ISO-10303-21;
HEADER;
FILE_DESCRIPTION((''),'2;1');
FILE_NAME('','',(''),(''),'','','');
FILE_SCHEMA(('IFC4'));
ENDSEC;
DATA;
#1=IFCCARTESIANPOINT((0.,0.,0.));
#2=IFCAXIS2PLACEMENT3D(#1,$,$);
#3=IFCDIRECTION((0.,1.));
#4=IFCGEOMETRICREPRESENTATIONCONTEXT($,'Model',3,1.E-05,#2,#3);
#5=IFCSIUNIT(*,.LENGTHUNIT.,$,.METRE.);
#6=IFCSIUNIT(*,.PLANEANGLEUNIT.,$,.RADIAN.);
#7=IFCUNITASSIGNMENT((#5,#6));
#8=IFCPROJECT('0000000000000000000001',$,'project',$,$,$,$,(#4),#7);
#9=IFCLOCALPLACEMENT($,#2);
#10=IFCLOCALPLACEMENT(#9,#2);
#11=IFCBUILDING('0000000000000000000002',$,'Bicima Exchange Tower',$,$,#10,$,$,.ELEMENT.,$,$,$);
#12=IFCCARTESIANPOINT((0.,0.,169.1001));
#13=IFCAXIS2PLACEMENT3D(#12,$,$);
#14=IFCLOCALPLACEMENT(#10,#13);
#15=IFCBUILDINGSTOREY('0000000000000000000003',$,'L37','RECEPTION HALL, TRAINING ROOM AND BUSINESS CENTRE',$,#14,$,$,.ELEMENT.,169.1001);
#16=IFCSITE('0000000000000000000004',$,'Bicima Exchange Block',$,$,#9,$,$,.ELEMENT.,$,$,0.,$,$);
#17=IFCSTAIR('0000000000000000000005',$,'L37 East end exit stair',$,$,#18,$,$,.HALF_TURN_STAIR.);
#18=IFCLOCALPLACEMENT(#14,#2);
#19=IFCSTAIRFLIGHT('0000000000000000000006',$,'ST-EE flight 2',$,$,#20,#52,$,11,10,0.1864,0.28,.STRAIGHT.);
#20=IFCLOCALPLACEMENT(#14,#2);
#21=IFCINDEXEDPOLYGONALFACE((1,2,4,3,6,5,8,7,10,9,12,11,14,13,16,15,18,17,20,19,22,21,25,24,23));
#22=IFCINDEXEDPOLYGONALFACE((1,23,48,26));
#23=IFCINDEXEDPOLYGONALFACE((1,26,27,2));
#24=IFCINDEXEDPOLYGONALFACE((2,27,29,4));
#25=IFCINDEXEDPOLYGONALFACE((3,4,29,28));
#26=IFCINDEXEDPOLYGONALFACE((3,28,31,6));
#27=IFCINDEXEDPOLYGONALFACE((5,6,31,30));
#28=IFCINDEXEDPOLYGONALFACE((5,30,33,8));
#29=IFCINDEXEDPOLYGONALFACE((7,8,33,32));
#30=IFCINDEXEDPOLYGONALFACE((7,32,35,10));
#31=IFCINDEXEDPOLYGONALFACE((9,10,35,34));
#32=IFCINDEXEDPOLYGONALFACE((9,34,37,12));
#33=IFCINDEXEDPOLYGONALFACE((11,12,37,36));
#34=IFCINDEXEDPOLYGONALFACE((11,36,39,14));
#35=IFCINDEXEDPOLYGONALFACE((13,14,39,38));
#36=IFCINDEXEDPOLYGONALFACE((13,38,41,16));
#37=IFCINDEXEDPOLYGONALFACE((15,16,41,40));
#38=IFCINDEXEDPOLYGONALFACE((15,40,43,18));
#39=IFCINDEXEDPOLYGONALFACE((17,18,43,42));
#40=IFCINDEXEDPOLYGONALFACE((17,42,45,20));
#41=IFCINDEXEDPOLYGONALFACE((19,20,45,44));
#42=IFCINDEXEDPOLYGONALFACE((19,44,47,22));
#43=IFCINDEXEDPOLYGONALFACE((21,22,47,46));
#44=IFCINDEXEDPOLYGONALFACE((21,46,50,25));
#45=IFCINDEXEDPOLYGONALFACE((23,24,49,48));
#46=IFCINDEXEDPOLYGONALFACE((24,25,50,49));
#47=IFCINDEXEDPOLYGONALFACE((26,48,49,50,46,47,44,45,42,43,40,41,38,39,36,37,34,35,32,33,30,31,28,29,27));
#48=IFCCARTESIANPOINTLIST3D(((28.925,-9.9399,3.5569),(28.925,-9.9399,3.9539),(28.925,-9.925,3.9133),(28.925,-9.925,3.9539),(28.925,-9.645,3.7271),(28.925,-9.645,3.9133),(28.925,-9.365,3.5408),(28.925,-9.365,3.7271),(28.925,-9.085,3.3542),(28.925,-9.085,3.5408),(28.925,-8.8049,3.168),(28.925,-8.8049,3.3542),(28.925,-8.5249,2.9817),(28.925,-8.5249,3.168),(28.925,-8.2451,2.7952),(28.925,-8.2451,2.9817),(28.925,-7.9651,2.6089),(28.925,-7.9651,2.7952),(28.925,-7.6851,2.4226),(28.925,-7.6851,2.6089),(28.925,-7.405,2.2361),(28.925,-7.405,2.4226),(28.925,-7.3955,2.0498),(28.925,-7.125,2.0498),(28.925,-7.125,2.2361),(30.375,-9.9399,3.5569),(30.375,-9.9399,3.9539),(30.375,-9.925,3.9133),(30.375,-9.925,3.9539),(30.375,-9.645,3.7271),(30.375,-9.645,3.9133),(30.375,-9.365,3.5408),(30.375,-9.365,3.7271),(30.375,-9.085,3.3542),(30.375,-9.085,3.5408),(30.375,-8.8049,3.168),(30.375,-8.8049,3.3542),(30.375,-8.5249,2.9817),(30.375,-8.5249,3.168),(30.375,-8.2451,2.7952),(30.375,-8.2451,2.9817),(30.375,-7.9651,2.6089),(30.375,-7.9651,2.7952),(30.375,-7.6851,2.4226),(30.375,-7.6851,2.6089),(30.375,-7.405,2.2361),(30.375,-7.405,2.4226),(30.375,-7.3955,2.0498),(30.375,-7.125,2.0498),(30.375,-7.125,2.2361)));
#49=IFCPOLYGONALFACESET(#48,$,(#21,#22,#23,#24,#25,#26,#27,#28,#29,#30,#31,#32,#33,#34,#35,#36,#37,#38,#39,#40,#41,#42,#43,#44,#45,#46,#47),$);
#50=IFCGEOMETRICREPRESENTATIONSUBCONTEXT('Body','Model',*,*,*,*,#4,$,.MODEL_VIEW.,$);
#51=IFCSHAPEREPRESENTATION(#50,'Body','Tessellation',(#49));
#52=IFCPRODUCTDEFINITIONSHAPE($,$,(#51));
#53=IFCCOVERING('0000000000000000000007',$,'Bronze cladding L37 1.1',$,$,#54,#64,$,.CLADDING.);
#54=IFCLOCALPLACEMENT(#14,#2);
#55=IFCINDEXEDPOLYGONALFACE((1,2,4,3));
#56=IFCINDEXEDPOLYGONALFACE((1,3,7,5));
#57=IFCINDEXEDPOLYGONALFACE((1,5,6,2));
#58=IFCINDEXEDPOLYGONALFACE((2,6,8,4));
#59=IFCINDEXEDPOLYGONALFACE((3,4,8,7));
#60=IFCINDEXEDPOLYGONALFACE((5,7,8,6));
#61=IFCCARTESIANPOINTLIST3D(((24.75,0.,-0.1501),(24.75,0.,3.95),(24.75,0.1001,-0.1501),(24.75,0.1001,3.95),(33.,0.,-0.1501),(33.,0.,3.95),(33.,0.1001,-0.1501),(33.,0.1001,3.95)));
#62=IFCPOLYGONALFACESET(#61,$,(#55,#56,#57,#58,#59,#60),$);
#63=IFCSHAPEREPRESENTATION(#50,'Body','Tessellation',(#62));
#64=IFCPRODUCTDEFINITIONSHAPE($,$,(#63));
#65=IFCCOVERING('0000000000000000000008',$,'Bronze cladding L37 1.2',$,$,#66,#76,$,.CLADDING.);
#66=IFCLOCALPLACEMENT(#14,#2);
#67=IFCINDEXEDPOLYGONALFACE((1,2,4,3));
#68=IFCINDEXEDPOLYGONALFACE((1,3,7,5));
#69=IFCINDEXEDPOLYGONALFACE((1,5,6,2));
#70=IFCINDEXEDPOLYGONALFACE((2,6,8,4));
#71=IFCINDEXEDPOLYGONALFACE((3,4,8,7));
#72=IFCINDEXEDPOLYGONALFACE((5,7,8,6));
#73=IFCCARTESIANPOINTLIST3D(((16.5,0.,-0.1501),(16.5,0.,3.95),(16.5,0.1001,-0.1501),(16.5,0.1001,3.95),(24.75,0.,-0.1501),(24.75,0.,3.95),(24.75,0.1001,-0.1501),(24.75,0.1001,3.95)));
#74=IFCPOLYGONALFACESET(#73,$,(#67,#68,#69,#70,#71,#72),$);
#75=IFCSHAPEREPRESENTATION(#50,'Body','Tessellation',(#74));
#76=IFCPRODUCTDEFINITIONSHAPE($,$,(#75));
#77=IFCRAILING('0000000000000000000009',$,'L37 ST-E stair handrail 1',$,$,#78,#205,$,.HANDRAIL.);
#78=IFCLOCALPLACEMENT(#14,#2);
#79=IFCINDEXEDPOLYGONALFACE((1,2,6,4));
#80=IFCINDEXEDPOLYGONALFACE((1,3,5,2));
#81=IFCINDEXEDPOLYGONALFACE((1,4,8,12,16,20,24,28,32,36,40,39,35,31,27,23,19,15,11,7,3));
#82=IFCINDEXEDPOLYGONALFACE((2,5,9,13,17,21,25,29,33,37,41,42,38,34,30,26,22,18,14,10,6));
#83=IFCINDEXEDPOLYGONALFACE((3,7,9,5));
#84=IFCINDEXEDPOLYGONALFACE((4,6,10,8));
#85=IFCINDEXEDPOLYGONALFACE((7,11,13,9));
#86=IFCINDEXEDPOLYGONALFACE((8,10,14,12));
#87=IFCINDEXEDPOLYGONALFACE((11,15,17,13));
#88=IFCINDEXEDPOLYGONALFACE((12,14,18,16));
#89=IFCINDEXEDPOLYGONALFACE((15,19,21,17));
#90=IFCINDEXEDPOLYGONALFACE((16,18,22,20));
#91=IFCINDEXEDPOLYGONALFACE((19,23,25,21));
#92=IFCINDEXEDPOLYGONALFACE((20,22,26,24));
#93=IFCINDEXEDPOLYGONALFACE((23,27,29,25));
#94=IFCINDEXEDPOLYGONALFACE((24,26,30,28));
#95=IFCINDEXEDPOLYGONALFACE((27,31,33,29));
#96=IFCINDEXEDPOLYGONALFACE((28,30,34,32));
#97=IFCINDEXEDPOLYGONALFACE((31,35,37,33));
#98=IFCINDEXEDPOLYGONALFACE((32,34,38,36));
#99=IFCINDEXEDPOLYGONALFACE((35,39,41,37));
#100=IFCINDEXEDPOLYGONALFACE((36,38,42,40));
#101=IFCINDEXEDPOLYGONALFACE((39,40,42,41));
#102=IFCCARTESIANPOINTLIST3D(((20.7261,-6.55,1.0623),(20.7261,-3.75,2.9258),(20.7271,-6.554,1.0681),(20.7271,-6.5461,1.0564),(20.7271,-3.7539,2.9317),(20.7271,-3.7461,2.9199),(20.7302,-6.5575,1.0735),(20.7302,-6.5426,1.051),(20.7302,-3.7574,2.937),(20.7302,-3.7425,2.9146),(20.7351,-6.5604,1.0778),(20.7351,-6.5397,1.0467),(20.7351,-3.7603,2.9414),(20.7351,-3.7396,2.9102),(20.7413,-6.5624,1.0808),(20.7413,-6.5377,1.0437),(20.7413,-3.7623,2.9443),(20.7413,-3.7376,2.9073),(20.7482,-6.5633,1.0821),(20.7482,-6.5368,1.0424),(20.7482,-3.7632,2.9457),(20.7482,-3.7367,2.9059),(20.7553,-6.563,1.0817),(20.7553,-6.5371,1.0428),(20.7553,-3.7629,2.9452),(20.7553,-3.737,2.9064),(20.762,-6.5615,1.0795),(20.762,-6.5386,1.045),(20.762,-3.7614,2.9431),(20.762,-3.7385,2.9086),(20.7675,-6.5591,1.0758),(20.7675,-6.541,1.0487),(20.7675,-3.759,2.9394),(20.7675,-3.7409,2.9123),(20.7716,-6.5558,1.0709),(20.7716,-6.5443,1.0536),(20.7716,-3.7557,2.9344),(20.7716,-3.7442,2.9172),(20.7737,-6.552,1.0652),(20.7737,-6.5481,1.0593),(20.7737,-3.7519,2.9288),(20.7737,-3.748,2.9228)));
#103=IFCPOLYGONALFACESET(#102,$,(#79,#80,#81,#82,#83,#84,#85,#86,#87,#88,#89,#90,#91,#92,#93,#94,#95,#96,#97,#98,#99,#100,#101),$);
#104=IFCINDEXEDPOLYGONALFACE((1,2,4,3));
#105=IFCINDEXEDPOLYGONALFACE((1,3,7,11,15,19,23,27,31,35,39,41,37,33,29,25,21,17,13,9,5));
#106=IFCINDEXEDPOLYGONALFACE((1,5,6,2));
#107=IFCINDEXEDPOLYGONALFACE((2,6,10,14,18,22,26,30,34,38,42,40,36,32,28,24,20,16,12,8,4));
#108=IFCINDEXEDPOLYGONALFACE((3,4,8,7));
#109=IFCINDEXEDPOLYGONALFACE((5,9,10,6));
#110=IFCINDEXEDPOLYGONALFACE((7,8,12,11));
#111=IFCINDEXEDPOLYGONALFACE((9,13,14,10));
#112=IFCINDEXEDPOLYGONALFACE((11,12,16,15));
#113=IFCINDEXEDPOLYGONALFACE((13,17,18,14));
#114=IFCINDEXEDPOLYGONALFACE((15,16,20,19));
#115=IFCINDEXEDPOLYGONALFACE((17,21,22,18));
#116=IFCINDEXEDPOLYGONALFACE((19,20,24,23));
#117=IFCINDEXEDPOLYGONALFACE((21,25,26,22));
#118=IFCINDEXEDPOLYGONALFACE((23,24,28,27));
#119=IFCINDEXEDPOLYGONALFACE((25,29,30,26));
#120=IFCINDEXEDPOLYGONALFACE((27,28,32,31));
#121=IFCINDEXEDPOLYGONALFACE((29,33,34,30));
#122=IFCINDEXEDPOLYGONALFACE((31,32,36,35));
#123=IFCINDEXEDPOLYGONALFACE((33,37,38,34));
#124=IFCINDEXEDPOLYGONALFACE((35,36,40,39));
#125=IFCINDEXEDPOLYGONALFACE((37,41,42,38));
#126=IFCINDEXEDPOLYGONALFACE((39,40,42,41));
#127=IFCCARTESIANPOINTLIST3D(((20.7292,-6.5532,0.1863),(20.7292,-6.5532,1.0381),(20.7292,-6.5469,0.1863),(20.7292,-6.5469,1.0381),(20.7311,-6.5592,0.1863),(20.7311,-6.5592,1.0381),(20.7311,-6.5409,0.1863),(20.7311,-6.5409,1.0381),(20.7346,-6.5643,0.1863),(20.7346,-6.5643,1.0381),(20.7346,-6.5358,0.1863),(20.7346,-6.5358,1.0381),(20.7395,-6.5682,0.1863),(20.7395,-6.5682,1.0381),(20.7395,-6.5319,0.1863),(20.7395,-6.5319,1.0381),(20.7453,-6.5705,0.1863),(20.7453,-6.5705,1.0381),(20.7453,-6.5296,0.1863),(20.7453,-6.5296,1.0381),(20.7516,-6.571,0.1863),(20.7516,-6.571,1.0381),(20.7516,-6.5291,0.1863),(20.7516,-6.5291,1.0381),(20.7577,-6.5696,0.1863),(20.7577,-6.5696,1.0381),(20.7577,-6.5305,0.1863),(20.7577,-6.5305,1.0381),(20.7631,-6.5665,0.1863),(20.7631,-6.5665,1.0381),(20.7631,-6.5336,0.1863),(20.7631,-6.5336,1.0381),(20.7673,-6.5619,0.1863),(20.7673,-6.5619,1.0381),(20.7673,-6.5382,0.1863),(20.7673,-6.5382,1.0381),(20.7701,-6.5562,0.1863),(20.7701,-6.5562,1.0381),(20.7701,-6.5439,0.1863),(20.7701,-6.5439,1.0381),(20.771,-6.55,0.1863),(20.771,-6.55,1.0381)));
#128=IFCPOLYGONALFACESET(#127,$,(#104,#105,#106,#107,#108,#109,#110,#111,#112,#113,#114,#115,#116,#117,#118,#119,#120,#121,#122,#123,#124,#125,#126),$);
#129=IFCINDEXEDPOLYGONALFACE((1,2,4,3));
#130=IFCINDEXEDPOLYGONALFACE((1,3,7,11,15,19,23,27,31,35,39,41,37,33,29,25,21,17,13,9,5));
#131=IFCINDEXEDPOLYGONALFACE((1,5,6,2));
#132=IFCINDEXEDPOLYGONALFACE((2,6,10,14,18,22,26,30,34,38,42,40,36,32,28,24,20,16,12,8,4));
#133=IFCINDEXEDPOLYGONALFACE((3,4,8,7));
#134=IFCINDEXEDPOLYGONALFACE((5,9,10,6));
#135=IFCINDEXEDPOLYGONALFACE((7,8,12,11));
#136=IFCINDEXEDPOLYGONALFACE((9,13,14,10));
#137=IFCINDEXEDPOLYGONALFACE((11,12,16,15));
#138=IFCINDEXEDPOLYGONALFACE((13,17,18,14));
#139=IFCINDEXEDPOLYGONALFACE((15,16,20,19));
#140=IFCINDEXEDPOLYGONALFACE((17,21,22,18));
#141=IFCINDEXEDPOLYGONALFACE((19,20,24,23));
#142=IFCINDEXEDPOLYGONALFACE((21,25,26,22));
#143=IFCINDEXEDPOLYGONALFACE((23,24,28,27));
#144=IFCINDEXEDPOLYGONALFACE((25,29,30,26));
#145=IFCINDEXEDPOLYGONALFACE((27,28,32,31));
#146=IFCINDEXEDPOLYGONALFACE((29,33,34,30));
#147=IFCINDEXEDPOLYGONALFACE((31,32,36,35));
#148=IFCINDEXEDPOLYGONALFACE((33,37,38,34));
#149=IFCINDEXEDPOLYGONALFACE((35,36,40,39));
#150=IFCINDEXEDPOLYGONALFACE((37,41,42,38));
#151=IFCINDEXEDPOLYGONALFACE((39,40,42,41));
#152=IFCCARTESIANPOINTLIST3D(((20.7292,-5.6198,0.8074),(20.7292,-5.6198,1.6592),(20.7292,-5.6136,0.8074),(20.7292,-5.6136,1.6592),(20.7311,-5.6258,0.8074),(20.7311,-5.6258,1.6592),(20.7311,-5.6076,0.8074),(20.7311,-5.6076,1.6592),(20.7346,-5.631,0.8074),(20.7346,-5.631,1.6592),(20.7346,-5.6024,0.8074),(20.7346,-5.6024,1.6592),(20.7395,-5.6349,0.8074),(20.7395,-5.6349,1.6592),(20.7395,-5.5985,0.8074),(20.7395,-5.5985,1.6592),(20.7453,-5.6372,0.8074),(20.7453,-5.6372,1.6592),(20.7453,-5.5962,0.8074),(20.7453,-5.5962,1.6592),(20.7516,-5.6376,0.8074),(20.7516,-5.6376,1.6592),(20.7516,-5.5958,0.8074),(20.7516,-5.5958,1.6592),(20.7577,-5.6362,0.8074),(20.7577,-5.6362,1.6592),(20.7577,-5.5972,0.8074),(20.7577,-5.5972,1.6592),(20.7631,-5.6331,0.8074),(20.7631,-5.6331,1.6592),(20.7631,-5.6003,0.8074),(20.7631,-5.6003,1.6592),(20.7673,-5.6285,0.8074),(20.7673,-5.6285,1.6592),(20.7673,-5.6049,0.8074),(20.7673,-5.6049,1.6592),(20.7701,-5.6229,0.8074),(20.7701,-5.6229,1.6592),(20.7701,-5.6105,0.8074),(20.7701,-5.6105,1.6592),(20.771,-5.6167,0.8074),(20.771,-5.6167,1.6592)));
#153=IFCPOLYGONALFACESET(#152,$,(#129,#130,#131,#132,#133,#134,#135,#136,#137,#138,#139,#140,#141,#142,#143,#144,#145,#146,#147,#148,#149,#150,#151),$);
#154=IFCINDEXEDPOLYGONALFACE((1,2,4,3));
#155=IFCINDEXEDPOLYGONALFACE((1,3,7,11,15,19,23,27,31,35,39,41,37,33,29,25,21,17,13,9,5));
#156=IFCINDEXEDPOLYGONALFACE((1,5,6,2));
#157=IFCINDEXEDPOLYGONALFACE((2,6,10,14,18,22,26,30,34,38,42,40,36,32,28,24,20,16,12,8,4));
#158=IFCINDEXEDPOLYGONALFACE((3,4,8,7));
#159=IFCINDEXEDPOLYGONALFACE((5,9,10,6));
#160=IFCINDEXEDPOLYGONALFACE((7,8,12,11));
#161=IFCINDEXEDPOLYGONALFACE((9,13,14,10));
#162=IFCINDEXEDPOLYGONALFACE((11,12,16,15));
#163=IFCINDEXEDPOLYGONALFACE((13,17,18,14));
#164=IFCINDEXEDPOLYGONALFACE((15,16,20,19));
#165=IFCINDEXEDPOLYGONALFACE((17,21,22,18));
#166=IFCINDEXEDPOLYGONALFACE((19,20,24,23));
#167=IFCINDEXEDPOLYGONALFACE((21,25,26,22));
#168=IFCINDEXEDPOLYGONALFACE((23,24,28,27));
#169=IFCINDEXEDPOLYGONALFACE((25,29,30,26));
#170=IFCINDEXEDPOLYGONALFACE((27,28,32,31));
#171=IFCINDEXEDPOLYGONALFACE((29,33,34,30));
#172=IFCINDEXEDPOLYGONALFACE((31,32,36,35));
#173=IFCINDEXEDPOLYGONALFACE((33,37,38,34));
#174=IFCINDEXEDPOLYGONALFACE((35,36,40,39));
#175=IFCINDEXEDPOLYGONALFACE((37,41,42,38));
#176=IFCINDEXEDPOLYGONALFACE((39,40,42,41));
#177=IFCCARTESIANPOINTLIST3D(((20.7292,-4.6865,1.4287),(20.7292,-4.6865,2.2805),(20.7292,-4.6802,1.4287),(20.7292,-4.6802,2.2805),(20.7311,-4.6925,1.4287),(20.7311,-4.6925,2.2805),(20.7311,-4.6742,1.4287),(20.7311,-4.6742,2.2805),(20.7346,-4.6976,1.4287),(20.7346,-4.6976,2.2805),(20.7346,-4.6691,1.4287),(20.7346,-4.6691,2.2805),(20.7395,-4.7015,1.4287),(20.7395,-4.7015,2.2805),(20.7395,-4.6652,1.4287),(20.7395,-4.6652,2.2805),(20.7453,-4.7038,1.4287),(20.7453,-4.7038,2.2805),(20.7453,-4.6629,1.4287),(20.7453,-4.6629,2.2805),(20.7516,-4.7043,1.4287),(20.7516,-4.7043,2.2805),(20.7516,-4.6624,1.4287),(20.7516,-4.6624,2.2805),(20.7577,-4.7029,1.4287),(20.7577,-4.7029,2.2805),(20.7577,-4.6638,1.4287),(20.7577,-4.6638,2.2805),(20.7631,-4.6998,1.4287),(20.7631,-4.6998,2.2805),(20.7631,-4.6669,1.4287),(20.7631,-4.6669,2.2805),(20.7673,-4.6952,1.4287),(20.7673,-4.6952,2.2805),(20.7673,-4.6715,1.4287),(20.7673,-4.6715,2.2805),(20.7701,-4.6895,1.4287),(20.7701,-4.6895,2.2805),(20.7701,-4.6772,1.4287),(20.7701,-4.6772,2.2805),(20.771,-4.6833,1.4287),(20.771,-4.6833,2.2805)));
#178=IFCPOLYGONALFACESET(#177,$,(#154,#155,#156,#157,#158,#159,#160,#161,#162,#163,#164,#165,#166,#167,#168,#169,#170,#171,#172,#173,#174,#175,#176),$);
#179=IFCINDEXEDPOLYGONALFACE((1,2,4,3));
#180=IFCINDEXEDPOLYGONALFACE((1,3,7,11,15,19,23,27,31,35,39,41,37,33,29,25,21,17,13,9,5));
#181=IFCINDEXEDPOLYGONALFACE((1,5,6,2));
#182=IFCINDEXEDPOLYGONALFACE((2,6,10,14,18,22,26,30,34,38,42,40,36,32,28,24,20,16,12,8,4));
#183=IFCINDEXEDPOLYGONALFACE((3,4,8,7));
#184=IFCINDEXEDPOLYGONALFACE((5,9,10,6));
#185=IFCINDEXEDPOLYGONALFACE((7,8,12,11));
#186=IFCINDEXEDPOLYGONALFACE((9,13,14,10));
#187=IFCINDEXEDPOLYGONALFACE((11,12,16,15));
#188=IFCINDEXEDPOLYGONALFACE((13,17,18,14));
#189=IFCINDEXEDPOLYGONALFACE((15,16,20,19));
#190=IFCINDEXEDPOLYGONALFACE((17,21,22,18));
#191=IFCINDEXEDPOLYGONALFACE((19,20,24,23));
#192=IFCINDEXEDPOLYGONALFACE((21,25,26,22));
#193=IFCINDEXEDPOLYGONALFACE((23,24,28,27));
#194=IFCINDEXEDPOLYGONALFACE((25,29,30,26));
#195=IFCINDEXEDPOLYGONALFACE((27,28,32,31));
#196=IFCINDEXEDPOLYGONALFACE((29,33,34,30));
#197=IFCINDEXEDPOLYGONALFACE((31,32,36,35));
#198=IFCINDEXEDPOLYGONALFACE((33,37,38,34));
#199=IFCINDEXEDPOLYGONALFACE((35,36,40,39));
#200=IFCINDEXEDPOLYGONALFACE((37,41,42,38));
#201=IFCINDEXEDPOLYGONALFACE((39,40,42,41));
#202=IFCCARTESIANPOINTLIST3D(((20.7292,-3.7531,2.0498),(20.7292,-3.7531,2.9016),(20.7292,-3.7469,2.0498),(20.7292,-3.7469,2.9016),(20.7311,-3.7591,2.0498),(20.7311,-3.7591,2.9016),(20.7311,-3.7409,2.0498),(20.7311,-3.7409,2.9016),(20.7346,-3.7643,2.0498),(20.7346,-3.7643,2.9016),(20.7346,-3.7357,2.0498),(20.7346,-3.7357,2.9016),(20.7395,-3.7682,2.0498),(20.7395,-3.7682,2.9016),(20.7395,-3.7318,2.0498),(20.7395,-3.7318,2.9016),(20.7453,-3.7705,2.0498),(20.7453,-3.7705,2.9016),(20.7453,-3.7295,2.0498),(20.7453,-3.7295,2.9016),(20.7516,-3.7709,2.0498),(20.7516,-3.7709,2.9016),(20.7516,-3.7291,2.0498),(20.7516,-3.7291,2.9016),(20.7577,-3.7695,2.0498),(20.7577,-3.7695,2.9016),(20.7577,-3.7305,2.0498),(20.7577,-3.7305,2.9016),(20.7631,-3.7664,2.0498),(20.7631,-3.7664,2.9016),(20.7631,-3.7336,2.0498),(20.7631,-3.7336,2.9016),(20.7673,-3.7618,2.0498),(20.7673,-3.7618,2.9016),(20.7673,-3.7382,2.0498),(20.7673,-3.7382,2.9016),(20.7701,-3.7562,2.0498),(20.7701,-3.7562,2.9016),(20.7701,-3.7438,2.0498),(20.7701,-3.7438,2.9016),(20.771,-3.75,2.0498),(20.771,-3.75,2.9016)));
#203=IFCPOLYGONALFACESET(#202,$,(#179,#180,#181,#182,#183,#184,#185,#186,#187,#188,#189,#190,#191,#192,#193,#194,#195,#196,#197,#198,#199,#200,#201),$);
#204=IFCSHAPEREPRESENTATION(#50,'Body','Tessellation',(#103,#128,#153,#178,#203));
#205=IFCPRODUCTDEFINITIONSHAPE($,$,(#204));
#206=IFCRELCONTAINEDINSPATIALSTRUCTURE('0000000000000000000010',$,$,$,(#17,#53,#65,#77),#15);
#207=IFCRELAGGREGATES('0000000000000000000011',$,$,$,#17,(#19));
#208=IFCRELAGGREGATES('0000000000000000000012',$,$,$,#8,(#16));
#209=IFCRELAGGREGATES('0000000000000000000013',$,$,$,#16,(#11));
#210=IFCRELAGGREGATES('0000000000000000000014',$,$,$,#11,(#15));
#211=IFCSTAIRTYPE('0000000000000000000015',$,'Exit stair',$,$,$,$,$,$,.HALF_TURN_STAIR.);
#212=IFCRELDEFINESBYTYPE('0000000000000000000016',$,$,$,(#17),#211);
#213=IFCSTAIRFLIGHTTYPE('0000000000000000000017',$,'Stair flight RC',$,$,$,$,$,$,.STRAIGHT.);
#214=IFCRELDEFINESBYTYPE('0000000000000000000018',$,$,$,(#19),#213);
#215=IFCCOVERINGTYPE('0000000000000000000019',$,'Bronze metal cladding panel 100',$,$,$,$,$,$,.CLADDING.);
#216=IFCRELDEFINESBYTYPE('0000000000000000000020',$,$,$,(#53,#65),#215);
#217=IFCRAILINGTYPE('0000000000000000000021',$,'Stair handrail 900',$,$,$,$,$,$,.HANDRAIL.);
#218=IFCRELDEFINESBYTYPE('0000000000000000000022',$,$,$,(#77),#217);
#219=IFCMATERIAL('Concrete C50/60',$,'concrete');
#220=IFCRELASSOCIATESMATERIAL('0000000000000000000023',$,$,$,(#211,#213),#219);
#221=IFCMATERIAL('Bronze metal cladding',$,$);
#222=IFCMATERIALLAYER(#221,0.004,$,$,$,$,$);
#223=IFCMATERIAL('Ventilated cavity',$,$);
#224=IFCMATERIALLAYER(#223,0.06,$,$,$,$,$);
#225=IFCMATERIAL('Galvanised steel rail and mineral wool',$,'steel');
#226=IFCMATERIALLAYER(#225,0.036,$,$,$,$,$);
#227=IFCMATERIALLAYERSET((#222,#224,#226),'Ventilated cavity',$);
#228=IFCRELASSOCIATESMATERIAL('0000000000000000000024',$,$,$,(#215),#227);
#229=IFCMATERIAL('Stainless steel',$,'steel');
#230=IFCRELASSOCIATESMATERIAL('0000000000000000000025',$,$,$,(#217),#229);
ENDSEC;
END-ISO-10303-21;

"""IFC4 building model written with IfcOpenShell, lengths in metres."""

from ifc_helpers import new_model, si_unit, direction, frame, origin, origin_2d, place, context, subcontext, project, spatial, polyline, rectangle, circle, outline, extrude, material, layer, layer_set, type_object, element, aggregate, save


model = new_model("IFC4")

# Units and contexts
model_context = context("Model", 3, precision=1e-05, world=origin(), true_north=direction((0.0, 1.0)))
body_context = subcontext(model_context, "Body", "Model", "MODEL_VIEW")
ifc_project = project(units=[si_unit("LENGTHUNIT", "METRE"), si_unit("PLANEANGLEUNIT", "RADIAN")], contexts=[model_context])

# Site, building, storey
site_placement = place(None, origin())
site = spatial("IfcSite", under=ifc_project, at=site_placement, Name="Bicima Exchange Block", CompositionType="ELEMENT", RefElevation=0.0)
building_placement = place(site_placement, origin())
building = spatial("IfcBuilding", under=site, at=building_placement, Name="Bicima Exchange Tower", CompositionType="ELEMENT")
storey_placement = place(building_placement, frame((0.0, 0.0, 169.1001)))
storey = spatial("IfcBuildingStorey", under=building, at=storey_placement, Name="L37", Description="RECEPTION HALL, TRAINING ROOM AND BUSINESS CENTRE", CompositionType="ELEMENT", Elevation=169.1001)

# Shared definitions
ifc_material_1 = material(Name="Concrete C50/60", Category="concrete")

# Stair, stair flight
stair_type = type_object("IfcStairType", Name="Exit stair", PredefinedType="HALF_TURN_STAIR", material=ifc_material_1)
stair_flight_type = type_object("IfcStairFlightType", Name="Stair flight RC", PredefinedType="STRAIGHT", material=ifc_material_1)
stair_1_placement = place(storey_placement, origin())
stair_1 = element("IfcStair", 1, at=stair_1_placement, inside=storey, type_object=stair_type, Name="L37 East end exit stair", PredefinedType="HALF_TURN_STAIR")
stair_flight_1_placement = place(storey_placement, frame((29.6499, -7.125, 2.0498), z_axis=(0.0, 0.0, 1.0), x_axis=(0.0, -1.0, 0.0)))
stair_flight_1 = element("IfcStairFlight", 2, at=stair_flight_1_placement, type_object=stair_flight_type, Name="ST-EE flight 2", NumberOfRisers=11, NumberOfTreads=10, PredefinedType="STRAIGHT", RiserHeight=0.1864, TreadLength=0.28, context=body_context, shape_type="SweptSolid", body=[
    extrude(outline(polyline([(0.0, 0.0), (0.0, 0.1863), (0.28, 0.1863), (0.28, 0.3728), (0.5601, 0.3728), (0.5601, 0.5591), (0.8401, 0.5591), (0.8401, 0.7454), (1.1201, 0.7454), (1.1201, 0.9319), (1.3999, 0.9319), (1.3999, 1.1182), (1.6799, 1.1182), (1.6799, 1.3044), (1.96, 1.3044), (1.96, 1.491), (2.24, 1.491), (2.24, 1.6772), (2.52, 1.6772), (2.52, 1.8635), (2.8, 1.8635), (2.8, 1.9041), (2.8149, 1.9041), (2.8149, 1.5071), (0.2705, 0.0), (0.0, 0.0)])), frame((0.0, 0.7251, 0.0), z_axis=(0.0, -1.0, 0.0), x_axis=(1.0, 0.0, 0.0)), (0.0, 0.0, 1.0), 1.45),
])
aggregate(stair_1, [stair_flight_1])

# Coverings
ifc_material_2 = material(Name="Bronze metal cladding")
ifc_layer_1 = layer(ifc_material_2, 0.004)
ifc_material_3 = material(Name="Ventilated cavity")
ifc_layer_2 = layer(ifc_material_3, 0.06)
ifc_material_4 = material(Name="Galvanised steel rail and mineral wool", Category="steel")
ifc_layer_3 = layer(ifc_material_4, 0.036)
ifc_layer_set_1 = layer_set([ifc_layer_1, ifc_layer_2, ifc_layer_3], Name="Ventilated cavity")
covering_type = type_object("IfcCoveringType", Name="Bronze metal cladding panel 100", PredefinedType="CLADDING", material=ifc_layer_set_1)
for number, where, z_axis, x_axis, name in (
    (3, (28.875, 0.05, -0.1501), (0.0, 0.0, 1.0), (-1.0, 0.0, 0.0), "Bronze cladding L37 1.1"),
    (4, (20.625, 0.05, -0.1501), (0.0, 0.0, 1.0), (-1.0, 0.0, 0.0), "Bronze cladding L37 1.2"),
):
    element("IfcCovering", number, at=place(storey_placement, frame(where, z_axis=z_axis, x_axis=x_axis)), inside=storey, type_object=covering_type, Name=name, PredefinedType="CLADDING", context=body_context, shape_type="SweptSolid", body=[
        extrude(rectangle(XDim=8.25, YDim=0.1001, at=origin_2d()), origin(), (0.0, 0.0, 1.0), 4.1001),
    ])

# Railing
ifc_material_5 = material(Name="Stainless steel", Category="steel")
railing_type_1 = type_object("IfcRailingType", Name="Stair handrail 900", PredefinedType="HANDRAIL", material=ifc_material_5)
railing_1_placement = place(storey_placement, frame((20.75, -6.55, 0.1863)))
element("IfcRailing", 5, at=railing_1_placement, inside=storey, type_object=railing_type_1, Name="L37 ST-E stair handrail 1", PredefinedType="HANDRAIL", context=body_context, shape_type="SweptSolid", body=[
    extrude(circle(Radius=0.0239, at=origin_2d()), frame((0.0, 0.0, 0.876), z_axis=(0.0, 0.832486, 0.554047), x_axis=(-1.0, 0.0, 0.0)), (0.0, 0.0, 1.0), 3.3635),
    extrude(circle(Radius=0.021, at=origin_2d()), origin(), (0.0, 0.0, 1.0), 0.8518),
    extrude(circle(Radius=0.021, at=origin_2d()), frame((0.0, 0.9333, 0.6211)), (0.0, 0.0, 1.0), 0.8518),
    extrude(circle(Radius=0.021, at=origin_2d()), frame((0.0, 1.8667, 1.2424)), (0.0, 0.0, 1.0), 0.8518),
    extrude(circle(Radius=0.021, at=origin_2d()), frame((0.0, 2.8, 1.8635)), (0.0, 0.0, 1.0), 0.8518),
])

save(model, "model.ifc")
